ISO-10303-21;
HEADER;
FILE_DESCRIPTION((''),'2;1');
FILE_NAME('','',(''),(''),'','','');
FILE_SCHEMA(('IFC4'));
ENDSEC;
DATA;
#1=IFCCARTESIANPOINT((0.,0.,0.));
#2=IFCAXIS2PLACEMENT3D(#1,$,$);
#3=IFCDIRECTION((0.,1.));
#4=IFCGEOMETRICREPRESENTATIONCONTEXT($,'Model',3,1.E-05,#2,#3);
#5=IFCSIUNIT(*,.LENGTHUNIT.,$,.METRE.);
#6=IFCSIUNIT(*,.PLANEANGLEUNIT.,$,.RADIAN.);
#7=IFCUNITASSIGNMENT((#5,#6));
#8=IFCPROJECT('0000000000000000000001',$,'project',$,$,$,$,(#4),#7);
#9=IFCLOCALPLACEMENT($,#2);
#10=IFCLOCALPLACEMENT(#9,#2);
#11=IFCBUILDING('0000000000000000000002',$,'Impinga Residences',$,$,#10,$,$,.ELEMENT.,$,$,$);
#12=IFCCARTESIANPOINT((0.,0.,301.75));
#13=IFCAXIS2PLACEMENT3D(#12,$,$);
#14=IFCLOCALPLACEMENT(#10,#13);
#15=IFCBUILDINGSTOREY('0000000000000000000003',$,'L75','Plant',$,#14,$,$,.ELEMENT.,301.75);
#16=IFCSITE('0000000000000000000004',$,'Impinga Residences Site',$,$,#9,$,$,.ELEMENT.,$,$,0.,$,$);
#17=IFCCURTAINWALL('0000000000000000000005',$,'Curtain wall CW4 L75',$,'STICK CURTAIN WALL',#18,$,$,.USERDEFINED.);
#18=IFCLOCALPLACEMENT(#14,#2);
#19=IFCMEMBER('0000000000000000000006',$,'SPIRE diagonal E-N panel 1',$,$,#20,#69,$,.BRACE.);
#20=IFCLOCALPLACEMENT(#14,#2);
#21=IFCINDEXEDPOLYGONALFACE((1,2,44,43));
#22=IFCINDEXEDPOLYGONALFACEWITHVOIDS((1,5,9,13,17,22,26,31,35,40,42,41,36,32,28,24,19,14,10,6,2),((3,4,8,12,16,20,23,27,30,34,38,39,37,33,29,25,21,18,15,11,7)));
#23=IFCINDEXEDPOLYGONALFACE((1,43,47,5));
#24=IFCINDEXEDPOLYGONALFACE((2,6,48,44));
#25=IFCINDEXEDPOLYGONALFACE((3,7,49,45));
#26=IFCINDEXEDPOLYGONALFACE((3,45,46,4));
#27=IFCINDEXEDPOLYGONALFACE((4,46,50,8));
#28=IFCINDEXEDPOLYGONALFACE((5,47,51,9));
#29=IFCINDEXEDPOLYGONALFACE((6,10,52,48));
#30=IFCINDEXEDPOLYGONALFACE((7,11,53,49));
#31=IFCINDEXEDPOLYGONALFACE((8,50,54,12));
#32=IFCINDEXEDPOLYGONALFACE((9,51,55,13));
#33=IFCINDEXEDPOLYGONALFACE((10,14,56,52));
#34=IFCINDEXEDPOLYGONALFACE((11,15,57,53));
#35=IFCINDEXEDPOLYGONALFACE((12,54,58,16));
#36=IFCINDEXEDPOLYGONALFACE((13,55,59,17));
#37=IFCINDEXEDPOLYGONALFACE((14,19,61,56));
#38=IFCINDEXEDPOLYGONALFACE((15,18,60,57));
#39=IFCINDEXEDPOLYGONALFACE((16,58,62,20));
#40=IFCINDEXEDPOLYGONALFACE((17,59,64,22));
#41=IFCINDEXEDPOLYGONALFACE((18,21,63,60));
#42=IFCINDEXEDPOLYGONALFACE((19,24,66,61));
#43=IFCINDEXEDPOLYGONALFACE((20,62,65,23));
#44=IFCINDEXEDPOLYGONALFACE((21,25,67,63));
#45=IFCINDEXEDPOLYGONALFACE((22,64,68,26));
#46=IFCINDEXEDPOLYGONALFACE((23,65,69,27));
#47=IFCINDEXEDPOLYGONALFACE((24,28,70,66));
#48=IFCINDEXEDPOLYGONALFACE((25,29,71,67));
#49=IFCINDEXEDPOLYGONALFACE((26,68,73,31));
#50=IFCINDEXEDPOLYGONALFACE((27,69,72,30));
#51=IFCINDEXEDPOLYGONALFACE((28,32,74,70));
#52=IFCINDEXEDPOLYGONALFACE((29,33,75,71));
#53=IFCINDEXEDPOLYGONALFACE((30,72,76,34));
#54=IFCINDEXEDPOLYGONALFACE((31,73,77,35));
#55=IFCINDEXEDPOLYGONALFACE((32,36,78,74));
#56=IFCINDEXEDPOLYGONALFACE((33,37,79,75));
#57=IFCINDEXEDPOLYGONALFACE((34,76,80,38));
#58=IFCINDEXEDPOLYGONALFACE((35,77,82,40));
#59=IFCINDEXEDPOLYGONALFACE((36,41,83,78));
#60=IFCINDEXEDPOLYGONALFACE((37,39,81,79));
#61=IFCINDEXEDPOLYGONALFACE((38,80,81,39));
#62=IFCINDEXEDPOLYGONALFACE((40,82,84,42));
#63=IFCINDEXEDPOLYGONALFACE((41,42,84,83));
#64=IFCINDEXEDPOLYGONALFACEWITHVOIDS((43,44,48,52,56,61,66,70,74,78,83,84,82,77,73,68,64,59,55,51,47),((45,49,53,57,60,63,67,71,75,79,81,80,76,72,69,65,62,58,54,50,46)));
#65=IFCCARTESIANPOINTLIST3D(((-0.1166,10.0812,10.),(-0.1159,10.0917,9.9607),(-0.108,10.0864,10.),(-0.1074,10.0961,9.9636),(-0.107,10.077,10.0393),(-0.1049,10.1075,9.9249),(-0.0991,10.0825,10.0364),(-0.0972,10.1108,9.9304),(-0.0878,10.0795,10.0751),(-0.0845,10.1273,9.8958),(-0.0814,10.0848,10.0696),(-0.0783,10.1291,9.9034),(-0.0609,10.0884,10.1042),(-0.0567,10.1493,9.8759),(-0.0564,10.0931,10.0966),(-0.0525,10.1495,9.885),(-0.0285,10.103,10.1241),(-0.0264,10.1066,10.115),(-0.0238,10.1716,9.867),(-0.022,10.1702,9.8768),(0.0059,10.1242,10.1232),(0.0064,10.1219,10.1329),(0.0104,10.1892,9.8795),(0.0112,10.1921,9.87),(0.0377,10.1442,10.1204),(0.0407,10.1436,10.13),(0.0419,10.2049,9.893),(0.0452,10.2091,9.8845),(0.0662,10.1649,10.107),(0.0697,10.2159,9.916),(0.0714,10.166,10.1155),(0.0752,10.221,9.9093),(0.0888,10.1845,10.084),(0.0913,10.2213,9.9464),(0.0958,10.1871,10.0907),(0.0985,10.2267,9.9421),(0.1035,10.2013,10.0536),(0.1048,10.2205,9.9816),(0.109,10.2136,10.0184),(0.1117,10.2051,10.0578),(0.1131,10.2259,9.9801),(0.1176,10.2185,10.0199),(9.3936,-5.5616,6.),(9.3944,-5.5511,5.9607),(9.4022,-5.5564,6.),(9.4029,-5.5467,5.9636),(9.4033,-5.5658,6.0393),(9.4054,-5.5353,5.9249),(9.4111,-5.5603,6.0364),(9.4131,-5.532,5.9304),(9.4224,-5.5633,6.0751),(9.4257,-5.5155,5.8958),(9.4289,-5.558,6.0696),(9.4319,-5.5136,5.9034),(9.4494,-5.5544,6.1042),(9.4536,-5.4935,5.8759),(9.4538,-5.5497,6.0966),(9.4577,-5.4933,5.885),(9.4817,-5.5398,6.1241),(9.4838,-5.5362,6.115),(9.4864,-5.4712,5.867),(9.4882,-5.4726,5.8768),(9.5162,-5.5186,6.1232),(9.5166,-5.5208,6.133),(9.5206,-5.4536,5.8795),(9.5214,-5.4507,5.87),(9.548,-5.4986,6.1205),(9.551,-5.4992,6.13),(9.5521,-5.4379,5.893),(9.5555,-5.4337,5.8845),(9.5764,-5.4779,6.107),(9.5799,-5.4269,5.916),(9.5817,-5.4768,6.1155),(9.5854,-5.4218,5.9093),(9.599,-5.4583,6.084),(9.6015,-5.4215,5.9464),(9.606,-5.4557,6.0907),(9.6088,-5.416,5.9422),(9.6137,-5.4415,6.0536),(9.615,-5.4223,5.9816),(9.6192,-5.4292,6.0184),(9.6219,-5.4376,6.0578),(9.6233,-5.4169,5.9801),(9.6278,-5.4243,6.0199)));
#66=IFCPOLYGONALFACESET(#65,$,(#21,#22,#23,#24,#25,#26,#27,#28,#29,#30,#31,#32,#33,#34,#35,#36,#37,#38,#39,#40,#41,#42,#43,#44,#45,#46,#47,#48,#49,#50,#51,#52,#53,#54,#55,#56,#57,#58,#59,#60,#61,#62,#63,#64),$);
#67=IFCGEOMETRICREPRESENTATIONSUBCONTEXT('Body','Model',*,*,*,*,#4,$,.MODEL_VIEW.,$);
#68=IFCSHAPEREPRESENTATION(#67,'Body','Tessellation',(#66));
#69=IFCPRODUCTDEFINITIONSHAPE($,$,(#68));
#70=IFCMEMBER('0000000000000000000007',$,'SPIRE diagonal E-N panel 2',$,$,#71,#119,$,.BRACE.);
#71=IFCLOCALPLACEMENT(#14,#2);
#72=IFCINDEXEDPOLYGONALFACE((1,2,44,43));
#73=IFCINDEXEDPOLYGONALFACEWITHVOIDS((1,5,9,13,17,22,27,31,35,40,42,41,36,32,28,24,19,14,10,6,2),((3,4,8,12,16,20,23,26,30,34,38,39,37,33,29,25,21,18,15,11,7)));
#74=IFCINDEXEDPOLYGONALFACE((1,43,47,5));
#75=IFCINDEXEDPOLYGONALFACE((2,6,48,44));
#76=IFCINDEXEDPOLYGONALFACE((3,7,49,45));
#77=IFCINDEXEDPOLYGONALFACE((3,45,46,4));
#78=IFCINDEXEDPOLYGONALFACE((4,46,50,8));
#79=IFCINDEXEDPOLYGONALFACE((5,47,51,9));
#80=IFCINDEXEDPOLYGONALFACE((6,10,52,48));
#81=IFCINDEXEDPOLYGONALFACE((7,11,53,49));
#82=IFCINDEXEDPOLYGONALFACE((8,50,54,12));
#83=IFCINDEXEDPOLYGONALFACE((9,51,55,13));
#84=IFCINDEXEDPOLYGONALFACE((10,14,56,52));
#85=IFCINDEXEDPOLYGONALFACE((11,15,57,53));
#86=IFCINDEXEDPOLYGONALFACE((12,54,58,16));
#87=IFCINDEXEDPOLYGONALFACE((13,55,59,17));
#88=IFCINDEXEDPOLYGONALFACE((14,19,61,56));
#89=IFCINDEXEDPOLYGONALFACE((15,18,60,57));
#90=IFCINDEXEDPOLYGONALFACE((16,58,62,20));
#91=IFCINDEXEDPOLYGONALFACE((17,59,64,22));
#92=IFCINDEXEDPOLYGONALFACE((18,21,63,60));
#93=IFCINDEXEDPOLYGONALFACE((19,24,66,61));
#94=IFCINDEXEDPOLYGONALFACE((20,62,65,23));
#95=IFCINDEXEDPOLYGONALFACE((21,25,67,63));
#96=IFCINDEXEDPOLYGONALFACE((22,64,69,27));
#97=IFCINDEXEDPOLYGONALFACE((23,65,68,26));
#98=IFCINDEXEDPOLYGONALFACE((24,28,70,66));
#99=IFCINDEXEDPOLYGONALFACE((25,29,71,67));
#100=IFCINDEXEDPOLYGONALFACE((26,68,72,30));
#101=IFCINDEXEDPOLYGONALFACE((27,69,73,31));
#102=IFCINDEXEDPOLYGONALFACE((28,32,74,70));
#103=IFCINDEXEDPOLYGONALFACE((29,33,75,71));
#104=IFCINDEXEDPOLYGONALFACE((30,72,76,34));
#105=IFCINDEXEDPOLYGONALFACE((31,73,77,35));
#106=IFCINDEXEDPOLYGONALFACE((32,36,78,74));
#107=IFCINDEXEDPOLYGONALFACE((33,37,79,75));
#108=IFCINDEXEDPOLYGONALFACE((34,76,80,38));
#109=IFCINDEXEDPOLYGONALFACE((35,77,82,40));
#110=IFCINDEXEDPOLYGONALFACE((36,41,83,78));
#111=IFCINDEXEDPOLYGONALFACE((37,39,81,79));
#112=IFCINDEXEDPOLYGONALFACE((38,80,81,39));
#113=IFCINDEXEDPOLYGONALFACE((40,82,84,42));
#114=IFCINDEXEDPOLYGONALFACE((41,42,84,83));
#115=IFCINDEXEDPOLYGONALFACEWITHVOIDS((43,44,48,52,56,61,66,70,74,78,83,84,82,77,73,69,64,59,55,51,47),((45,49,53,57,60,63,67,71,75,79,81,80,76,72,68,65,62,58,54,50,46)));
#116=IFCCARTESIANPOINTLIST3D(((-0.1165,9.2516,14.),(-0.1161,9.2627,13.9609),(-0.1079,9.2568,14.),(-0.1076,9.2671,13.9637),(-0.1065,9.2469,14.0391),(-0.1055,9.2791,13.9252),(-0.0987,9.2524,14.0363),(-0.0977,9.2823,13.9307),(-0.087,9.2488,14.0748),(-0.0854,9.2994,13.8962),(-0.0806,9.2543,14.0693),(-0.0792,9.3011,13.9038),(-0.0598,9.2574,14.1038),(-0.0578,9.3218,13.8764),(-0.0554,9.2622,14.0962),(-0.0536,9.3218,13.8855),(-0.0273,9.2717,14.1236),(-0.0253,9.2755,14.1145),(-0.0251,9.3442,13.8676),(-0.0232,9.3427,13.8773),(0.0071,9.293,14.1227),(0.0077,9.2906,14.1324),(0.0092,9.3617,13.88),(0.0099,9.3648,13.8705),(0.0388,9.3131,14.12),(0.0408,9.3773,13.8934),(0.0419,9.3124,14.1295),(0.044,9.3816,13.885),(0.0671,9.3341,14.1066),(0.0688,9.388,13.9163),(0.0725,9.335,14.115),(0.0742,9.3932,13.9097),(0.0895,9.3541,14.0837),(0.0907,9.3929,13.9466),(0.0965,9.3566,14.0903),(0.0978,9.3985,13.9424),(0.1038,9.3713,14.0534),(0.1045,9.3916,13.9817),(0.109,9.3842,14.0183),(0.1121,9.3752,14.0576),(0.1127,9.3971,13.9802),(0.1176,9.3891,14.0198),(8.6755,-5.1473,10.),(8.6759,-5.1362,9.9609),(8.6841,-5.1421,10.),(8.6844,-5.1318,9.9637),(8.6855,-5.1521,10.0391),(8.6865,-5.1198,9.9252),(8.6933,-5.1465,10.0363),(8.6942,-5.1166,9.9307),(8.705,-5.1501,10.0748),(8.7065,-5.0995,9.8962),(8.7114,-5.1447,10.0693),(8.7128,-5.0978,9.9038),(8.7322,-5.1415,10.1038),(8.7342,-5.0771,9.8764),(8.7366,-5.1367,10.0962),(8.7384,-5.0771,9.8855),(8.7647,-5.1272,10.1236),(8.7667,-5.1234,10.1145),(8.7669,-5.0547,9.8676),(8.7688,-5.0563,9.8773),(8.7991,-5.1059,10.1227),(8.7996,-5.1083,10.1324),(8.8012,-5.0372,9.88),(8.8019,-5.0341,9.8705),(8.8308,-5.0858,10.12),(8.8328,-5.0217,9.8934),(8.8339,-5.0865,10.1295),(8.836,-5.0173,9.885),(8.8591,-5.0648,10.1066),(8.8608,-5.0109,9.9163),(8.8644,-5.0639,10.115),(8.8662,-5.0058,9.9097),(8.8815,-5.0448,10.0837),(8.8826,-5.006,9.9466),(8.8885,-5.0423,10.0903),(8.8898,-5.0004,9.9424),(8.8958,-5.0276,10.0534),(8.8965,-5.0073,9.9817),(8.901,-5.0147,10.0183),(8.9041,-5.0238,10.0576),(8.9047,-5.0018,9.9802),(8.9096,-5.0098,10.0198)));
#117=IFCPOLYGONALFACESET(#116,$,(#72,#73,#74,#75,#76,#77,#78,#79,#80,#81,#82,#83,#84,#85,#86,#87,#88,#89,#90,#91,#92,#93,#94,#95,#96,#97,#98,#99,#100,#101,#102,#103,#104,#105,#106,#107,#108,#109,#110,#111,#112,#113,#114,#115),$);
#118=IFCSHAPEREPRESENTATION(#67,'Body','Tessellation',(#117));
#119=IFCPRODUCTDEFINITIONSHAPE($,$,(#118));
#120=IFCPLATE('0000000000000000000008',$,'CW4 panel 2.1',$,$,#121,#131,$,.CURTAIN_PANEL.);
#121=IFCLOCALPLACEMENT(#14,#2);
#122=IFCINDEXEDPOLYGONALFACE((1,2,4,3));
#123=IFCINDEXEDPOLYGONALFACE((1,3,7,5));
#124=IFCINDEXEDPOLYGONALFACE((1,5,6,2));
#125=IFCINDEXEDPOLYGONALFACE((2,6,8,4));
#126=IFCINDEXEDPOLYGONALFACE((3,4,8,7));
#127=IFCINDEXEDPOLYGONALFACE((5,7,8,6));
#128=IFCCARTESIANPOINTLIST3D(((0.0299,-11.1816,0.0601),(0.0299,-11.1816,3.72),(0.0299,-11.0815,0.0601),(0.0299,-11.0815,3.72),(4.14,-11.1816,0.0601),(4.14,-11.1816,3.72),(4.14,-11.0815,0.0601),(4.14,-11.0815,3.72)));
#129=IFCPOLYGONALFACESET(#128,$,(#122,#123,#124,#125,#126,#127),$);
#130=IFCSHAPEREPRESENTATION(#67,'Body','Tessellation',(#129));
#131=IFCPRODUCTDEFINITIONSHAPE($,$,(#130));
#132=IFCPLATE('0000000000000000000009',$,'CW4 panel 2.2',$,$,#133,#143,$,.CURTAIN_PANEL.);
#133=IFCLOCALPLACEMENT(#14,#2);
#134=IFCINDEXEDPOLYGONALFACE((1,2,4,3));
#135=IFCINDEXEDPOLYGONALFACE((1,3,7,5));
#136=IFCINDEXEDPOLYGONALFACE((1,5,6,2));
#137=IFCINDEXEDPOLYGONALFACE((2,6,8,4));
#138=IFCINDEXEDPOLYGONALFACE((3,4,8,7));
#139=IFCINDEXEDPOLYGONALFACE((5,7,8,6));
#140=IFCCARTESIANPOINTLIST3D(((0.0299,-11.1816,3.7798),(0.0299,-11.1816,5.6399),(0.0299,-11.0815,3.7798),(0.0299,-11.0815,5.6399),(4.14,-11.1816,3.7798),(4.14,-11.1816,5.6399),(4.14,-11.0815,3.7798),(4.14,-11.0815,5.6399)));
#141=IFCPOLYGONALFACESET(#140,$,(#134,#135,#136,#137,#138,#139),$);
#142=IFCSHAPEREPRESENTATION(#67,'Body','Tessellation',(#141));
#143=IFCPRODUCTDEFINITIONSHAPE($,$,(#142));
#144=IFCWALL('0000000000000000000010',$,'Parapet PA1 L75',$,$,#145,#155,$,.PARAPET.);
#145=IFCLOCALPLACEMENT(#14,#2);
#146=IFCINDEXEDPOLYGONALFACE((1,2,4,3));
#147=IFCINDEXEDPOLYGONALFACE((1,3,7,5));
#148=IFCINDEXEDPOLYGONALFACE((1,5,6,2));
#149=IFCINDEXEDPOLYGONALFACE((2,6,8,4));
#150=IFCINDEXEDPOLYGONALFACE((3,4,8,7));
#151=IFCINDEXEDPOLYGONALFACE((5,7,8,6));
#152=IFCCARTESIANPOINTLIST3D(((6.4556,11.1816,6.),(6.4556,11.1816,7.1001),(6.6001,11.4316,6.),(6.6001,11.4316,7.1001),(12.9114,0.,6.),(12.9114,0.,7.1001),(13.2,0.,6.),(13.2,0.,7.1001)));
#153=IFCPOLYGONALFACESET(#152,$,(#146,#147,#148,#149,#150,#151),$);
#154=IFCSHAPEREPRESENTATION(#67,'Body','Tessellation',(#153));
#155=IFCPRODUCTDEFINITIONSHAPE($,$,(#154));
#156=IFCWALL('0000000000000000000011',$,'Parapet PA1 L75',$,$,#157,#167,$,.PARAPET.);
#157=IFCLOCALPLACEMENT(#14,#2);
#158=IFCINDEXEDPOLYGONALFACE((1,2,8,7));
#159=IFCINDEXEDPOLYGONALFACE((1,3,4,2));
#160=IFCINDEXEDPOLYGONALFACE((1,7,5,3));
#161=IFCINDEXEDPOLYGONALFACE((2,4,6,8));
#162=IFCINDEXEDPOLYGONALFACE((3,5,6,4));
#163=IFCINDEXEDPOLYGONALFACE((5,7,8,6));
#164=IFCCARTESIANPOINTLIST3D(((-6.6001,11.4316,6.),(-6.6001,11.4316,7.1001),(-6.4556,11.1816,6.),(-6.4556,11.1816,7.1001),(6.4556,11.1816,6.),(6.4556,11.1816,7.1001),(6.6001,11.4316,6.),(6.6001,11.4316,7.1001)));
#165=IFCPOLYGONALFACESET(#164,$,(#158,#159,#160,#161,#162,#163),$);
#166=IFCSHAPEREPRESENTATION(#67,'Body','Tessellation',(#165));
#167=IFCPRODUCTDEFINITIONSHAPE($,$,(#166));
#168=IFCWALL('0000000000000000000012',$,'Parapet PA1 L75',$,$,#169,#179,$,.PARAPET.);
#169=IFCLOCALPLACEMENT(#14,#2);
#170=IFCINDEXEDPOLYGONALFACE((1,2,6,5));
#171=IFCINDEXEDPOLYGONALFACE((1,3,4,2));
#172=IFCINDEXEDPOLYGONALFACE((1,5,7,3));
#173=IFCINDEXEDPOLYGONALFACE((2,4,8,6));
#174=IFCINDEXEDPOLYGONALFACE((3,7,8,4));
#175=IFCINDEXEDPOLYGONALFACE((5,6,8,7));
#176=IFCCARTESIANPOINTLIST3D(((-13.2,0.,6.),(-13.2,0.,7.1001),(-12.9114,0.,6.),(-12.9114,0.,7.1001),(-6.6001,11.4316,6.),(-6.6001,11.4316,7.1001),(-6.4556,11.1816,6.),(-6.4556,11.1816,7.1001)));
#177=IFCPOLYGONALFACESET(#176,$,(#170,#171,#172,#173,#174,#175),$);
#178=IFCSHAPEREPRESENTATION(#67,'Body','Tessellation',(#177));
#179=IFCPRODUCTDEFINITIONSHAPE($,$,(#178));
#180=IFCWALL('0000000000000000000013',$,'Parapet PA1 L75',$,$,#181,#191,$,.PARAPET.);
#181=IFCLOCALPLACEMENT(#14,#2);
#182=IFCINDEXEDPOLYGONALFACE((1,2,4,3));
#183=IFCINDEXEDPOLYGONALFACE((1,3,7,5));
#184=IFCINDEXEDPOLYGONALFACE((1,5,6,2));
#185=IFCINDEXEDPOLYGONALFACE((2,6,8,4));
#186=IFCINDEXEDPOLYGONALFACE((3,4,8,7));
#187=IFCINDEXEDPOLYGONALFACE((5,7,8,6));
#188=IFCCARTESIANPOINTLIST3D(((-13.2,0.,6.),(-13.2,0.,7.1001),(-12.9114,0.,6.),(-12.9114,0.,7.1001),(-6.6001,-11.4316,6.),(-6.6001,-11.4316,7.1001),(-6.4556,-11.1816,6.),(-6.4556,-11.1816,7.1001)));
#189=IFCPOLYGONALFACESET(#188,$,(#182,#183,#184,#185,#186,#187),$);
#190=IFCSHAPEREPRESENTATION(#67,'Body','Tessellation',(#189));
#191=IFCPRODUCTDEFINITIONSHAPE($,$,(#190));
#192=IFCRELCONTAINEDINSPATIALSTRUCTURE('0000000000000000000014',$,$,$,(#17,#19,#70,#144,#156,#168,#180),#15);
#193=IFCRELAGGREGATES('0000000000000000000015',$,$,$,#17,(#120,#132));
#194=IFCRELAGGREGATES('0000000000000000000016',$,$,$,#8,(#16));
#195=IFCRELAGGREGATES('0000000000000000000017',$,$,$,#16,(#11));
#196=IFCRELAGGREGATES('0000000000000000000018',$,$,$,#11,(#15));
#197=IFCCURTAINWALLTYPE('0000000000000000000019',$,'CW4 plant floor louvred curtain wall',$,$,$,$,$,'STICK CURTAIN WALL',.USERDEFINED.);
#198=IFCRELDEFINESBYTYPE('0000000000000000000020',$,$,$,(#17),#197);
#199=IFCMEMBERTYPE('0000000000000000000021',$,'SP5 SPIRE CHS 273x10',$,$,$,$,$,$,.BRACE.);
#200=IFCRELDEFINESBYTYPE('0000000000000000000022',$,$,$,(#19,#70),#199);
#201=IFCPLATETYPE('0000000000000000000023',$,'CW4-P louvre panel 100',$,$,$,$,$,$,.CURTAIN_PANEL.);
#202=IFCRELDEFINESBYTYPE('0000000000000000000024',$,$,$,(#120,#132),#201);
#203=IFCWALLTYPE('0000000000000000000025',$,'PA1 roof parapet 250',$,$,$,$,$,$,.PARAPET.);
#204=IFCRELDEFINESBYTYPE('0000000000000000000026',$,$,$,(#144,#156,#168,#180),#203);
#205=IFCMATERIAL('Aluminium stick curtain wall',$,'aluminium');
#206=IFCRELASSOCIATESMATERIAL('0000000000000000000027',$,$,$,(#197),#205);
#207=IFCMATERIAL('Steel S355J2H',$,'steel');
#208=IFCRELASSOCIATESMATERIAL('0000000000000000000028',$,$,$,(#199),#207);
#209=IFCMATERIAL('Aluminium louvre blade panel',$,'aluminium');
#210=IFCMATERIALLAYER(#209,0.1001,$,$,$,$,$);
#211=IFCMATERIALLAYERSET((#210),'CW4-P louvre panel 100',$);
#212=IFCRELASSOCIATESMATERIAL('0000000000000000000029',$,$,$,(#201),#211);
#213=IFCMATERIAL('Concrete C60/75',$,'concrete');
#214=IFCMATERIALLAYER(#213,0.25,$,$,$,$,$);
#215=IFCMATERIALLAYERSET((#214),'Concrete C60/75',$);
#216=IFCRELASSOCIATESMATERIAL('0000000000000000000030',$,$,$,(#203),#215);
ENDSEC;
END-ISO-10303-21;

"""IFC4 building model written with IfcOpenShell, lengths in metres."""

from ifc_helpers import new_model, si_unit, direction, frame, origin, origin_2d, place, context, subcontext, project, spatial, polyline, rectangle, hollow_circle, outline, extrude, material, layer, layer_set, material_profile, profile_set, type_object, element, aggregate, save


model = new_model("IFC4")

# Units and contexts
model_context = context("Model", 3, precision=1e-05, world=origin(), true_north=direction((0.0, 1.0)))
body_context = subcontext(model_context, "Body", "Model", "MODEL_VIEW")
ifc_project = project(units=[si_unit("LENGTHUNIT", "METRE"), si_unit("PLANEANGLEUNIT", "RADIAN")], contexts=[model_context])

# Site, building, storey
site_placement = place(None, origin())
site = spatial("IfcSite", under=ifc_project, at=site_placement, Name="Impinga Residences Site", CompositionType="ELEMENT", RefElevation=0.0)
building_placement = place(site_placement, origin())
building = spatial("IfcBuilding", under=site, at=building_placement, Name="Impinga Residences", CompositionType="ELEMENT")
storey_placement = place(building_placement, frame((0.0, 0.0, 301.75)))
storey = spatial("IfcBuildingStorey", under=building, at=storey_placement, Name="L75", Description="Plant", CompositionType="ELEMENT", Elevation=301.75)

# Curtain wall
ifc_material_1 = material(Name="Aluminium stick curtain wall", Category="aluminium")
curtain_wall_type = type_object("IfcCurtainWallType", Name="CW4 plant floor louvred curtain wall", ElementType="STICK CURTAIN WALL", PredefinedType="USERDEFINED", material=ifc_material_1)
curtain_wall_placement = place(storey_placement, origin())
curtain_wall = element("IfcCurtainWall", 1, at=curtain_wall_placement, inside=storey, type_object=curtain_wall_type, Name="Curtain wall CW4 L75", ObjectType="STICK CURTAIN WALL", PredefinedType="USERDEFINED")

# Members
ifc_material_2 = material(Name="Steel S355J2H", Category="steel")
ifc_material_profile_1 = material_profile(ifc_material_2, hollow_circle(Radius=0.1365, WallThickness=0.01, at=origin_2d()), Name="CHS 273x10")
ifc_profile_set_1 = profile_set([ifc_material_profile_1], Name="Steel S355J2H")
member_type_1 = type_object("IfcMemberType", Name="SP5 SPIRE CHS 273x10", PredefinedType="BRACE", material=ifc_profile_set_1)
member_1_placement = place(storey_placement, frame((9.5103, -5.4907, 6.0), z_axis=(-0.507517, 0.834782, 0.213461), x_axis=(-0.854477, -0.51949, 0.0)))
element("IfcMember", 2, at=member_1_placement, inside=storey, type_object=member_type_1, Name="SPIRE diagonal E-N panel 1", PredefinedType="BRACE", context=body_context, shape_type="SweptSolid", body=[
    extrude(hollow_circle(Radius=0.1365, WallThickness=0.01, at=origin_2d()), origin(), (0.0, 0.0, 1.0), 18.7388),
])
member_2_placement = place(storey_placement, frame((8.792, -5.0762, 10.0), z_axis=(-0.507075, 0.830453, 0.230699), x_axis=(-0.853476, -0.521133, 0.0)))
element("IfcMember", 3, at=member_2_placement, inside=storey, type_object=member_type_1, Name="SPIRE diagonal E-N panel 2", PredefinedType="BRACE", context=body_context, shape_type="SweptSolid", body=[
    extrude(hollow_circle(Radius=0.1365, WallThickness=0.01, at=origin_2d()), origin(), (0.0, 0.0, 1.0), 17.3386),
])

# Plates
ifc_material_3 = material(Name="Aluminium louvre blade panel", Category="aluminium")
ifc_layer_1 = layer(ifc_material_3, 0.1001)
ifc_layer_set_1 = layer_set([ifc_layer_1], Name="CW4-P louvre panel 100")
plate_type = type_object("IfcPlateType", Name="CW4-P louvre panel 100", PredefinedType="CURTAIN_PANEL", material=ifc_layer_set_1)
plate_1_placement = place(storey_placement, frame((2.085, -11.1316, 0.0601), z_axis=(0.0, 0.0, 1.0), x_axis=(1.0, 0.0, 0.0)))
plate_1 = element("IfcPlate", 4, at=plate_1_placement, type_object=plate_type, Name="CW4 panel 2.1", PredefinedType="CURTAIN_PANEL", context=body_context, shape_type="SweptSolid", body=[
    extrude(rectangle(XDim=4.1101, YDim=0.1001, at=origin_2d()), origin(), (0.0, 0.0, 1.0), 3.6599),
])
plate_2_placement = place(storey_placement, frame((2.085, -11.1316, 3.7798), z_axis=(0.0, 0.0, 1.0), x_axis=(1.0, 0.0, 0.0)))
plate_2 = element("IfcPlate", 5, at=plate_2_placement, type_object=plate_type, Name="CW4 panel 2.2", PredefinedType="CURTAIN_PANEL", context=body_context, shape_type="SweptSolid", body=[
    extrude(rectangle(XDim=4.1101, YDim=0.1001, at=origin_2d()), origin(), (0.0, 0.0, 1.0), 1.8601),
])
aggregate(curtain_wall, [plate_1, plate_2])

# Walls
ifc_material_4 = material(Name="Concrete C60/75", Category="concrete")
ifc_layer_2 = layer(ifc_material_4, 0.25)
ifc_layer_set_2 = layer_set([ifc_layer_2], Name="Concrete C60/75")
wall_type_1 = type_object("IfcWallType", Name="PA1 roof parapet 250", PredefinedType="PARAPET", material=ifc_layer_set_2)
wall_1_placement = place(storey_placement, frame((0.0, 0.0, 6.0)))
element("IfcWall", 6, at=wall_1_placement, inside=storey, type_object=wall_type_1, Name="Parapet PA1 L75", PredefinedType="PARAPET", context=body_context, shape_type="SweptSolid", body=[
    extrude(outline(polyline([(13.2, 0.0), (6.6001, 11.4316), (6.4556, 11.1816), (12.9114, 0.0), (13.2, 0.0)])), origin(), (0.0, 0.0, 1.0), 1.1001),
])
wall_2_placement = place(storey_placement, frame((0.0, 0.0, 6.0)))
element("IfcWall", 7, at=wall_2_placement, inside=storey, type_object=wall_type_1, Name="Parapet PA1 L75", PredefinedType="PARAPET", context=body_context, shape_type="SweptSolid", body=[
    extrude(outline(polyline([(6.6001, 11.4316), (-6.6001, 11.4316), (-6.4556, 11.1816), (6.4556, 11.1816), (6.6001, 11.4316)])), origin(), (0.0, 0.0, 1.0), 1.1001),
])
wall_3_placement = place(storey_placement, frame((0.0, 0.0, 6.0)))
element("IfcWall", 8, at=wall_3_placement, inside=storey, type_object=wall_type_1, Name="Parapet PA1 L75", PredefinedType="PARAPET", context=body_context, shape_type="SweptSolid", body=[
    extrude(outline(polyline([(-6.6001, 11.4316), (-13.2, 0.0), (-12.9114, 0.0), (-6.4556, 11.1816), (-6.6001, 11.4316)])), origin(), (0.0, 0.0, 1.0), 1.1001),
])
wall_4_placement = place(storey_placement, frame((0.0, 0.0, 6.0)))
element("IfcWall", 9, at=wall_4_placement, inside=storey, type_object=wall_type_1, Name="Parapet PA1 L75", PredefinedType="PARAPET", context=body_context, shape_type="SweptSolid", body=[
    extrude(outline(polyline([(-13.2, 0.0), (-6.6001, -11.4316), (-6.4556, -11.1816), (-12.9114, 0.0), (-13.2, 0.0)])), origin(), (0.0, 0.0, 1.0), 1.1001),
])

save(model, "model.ifc")
